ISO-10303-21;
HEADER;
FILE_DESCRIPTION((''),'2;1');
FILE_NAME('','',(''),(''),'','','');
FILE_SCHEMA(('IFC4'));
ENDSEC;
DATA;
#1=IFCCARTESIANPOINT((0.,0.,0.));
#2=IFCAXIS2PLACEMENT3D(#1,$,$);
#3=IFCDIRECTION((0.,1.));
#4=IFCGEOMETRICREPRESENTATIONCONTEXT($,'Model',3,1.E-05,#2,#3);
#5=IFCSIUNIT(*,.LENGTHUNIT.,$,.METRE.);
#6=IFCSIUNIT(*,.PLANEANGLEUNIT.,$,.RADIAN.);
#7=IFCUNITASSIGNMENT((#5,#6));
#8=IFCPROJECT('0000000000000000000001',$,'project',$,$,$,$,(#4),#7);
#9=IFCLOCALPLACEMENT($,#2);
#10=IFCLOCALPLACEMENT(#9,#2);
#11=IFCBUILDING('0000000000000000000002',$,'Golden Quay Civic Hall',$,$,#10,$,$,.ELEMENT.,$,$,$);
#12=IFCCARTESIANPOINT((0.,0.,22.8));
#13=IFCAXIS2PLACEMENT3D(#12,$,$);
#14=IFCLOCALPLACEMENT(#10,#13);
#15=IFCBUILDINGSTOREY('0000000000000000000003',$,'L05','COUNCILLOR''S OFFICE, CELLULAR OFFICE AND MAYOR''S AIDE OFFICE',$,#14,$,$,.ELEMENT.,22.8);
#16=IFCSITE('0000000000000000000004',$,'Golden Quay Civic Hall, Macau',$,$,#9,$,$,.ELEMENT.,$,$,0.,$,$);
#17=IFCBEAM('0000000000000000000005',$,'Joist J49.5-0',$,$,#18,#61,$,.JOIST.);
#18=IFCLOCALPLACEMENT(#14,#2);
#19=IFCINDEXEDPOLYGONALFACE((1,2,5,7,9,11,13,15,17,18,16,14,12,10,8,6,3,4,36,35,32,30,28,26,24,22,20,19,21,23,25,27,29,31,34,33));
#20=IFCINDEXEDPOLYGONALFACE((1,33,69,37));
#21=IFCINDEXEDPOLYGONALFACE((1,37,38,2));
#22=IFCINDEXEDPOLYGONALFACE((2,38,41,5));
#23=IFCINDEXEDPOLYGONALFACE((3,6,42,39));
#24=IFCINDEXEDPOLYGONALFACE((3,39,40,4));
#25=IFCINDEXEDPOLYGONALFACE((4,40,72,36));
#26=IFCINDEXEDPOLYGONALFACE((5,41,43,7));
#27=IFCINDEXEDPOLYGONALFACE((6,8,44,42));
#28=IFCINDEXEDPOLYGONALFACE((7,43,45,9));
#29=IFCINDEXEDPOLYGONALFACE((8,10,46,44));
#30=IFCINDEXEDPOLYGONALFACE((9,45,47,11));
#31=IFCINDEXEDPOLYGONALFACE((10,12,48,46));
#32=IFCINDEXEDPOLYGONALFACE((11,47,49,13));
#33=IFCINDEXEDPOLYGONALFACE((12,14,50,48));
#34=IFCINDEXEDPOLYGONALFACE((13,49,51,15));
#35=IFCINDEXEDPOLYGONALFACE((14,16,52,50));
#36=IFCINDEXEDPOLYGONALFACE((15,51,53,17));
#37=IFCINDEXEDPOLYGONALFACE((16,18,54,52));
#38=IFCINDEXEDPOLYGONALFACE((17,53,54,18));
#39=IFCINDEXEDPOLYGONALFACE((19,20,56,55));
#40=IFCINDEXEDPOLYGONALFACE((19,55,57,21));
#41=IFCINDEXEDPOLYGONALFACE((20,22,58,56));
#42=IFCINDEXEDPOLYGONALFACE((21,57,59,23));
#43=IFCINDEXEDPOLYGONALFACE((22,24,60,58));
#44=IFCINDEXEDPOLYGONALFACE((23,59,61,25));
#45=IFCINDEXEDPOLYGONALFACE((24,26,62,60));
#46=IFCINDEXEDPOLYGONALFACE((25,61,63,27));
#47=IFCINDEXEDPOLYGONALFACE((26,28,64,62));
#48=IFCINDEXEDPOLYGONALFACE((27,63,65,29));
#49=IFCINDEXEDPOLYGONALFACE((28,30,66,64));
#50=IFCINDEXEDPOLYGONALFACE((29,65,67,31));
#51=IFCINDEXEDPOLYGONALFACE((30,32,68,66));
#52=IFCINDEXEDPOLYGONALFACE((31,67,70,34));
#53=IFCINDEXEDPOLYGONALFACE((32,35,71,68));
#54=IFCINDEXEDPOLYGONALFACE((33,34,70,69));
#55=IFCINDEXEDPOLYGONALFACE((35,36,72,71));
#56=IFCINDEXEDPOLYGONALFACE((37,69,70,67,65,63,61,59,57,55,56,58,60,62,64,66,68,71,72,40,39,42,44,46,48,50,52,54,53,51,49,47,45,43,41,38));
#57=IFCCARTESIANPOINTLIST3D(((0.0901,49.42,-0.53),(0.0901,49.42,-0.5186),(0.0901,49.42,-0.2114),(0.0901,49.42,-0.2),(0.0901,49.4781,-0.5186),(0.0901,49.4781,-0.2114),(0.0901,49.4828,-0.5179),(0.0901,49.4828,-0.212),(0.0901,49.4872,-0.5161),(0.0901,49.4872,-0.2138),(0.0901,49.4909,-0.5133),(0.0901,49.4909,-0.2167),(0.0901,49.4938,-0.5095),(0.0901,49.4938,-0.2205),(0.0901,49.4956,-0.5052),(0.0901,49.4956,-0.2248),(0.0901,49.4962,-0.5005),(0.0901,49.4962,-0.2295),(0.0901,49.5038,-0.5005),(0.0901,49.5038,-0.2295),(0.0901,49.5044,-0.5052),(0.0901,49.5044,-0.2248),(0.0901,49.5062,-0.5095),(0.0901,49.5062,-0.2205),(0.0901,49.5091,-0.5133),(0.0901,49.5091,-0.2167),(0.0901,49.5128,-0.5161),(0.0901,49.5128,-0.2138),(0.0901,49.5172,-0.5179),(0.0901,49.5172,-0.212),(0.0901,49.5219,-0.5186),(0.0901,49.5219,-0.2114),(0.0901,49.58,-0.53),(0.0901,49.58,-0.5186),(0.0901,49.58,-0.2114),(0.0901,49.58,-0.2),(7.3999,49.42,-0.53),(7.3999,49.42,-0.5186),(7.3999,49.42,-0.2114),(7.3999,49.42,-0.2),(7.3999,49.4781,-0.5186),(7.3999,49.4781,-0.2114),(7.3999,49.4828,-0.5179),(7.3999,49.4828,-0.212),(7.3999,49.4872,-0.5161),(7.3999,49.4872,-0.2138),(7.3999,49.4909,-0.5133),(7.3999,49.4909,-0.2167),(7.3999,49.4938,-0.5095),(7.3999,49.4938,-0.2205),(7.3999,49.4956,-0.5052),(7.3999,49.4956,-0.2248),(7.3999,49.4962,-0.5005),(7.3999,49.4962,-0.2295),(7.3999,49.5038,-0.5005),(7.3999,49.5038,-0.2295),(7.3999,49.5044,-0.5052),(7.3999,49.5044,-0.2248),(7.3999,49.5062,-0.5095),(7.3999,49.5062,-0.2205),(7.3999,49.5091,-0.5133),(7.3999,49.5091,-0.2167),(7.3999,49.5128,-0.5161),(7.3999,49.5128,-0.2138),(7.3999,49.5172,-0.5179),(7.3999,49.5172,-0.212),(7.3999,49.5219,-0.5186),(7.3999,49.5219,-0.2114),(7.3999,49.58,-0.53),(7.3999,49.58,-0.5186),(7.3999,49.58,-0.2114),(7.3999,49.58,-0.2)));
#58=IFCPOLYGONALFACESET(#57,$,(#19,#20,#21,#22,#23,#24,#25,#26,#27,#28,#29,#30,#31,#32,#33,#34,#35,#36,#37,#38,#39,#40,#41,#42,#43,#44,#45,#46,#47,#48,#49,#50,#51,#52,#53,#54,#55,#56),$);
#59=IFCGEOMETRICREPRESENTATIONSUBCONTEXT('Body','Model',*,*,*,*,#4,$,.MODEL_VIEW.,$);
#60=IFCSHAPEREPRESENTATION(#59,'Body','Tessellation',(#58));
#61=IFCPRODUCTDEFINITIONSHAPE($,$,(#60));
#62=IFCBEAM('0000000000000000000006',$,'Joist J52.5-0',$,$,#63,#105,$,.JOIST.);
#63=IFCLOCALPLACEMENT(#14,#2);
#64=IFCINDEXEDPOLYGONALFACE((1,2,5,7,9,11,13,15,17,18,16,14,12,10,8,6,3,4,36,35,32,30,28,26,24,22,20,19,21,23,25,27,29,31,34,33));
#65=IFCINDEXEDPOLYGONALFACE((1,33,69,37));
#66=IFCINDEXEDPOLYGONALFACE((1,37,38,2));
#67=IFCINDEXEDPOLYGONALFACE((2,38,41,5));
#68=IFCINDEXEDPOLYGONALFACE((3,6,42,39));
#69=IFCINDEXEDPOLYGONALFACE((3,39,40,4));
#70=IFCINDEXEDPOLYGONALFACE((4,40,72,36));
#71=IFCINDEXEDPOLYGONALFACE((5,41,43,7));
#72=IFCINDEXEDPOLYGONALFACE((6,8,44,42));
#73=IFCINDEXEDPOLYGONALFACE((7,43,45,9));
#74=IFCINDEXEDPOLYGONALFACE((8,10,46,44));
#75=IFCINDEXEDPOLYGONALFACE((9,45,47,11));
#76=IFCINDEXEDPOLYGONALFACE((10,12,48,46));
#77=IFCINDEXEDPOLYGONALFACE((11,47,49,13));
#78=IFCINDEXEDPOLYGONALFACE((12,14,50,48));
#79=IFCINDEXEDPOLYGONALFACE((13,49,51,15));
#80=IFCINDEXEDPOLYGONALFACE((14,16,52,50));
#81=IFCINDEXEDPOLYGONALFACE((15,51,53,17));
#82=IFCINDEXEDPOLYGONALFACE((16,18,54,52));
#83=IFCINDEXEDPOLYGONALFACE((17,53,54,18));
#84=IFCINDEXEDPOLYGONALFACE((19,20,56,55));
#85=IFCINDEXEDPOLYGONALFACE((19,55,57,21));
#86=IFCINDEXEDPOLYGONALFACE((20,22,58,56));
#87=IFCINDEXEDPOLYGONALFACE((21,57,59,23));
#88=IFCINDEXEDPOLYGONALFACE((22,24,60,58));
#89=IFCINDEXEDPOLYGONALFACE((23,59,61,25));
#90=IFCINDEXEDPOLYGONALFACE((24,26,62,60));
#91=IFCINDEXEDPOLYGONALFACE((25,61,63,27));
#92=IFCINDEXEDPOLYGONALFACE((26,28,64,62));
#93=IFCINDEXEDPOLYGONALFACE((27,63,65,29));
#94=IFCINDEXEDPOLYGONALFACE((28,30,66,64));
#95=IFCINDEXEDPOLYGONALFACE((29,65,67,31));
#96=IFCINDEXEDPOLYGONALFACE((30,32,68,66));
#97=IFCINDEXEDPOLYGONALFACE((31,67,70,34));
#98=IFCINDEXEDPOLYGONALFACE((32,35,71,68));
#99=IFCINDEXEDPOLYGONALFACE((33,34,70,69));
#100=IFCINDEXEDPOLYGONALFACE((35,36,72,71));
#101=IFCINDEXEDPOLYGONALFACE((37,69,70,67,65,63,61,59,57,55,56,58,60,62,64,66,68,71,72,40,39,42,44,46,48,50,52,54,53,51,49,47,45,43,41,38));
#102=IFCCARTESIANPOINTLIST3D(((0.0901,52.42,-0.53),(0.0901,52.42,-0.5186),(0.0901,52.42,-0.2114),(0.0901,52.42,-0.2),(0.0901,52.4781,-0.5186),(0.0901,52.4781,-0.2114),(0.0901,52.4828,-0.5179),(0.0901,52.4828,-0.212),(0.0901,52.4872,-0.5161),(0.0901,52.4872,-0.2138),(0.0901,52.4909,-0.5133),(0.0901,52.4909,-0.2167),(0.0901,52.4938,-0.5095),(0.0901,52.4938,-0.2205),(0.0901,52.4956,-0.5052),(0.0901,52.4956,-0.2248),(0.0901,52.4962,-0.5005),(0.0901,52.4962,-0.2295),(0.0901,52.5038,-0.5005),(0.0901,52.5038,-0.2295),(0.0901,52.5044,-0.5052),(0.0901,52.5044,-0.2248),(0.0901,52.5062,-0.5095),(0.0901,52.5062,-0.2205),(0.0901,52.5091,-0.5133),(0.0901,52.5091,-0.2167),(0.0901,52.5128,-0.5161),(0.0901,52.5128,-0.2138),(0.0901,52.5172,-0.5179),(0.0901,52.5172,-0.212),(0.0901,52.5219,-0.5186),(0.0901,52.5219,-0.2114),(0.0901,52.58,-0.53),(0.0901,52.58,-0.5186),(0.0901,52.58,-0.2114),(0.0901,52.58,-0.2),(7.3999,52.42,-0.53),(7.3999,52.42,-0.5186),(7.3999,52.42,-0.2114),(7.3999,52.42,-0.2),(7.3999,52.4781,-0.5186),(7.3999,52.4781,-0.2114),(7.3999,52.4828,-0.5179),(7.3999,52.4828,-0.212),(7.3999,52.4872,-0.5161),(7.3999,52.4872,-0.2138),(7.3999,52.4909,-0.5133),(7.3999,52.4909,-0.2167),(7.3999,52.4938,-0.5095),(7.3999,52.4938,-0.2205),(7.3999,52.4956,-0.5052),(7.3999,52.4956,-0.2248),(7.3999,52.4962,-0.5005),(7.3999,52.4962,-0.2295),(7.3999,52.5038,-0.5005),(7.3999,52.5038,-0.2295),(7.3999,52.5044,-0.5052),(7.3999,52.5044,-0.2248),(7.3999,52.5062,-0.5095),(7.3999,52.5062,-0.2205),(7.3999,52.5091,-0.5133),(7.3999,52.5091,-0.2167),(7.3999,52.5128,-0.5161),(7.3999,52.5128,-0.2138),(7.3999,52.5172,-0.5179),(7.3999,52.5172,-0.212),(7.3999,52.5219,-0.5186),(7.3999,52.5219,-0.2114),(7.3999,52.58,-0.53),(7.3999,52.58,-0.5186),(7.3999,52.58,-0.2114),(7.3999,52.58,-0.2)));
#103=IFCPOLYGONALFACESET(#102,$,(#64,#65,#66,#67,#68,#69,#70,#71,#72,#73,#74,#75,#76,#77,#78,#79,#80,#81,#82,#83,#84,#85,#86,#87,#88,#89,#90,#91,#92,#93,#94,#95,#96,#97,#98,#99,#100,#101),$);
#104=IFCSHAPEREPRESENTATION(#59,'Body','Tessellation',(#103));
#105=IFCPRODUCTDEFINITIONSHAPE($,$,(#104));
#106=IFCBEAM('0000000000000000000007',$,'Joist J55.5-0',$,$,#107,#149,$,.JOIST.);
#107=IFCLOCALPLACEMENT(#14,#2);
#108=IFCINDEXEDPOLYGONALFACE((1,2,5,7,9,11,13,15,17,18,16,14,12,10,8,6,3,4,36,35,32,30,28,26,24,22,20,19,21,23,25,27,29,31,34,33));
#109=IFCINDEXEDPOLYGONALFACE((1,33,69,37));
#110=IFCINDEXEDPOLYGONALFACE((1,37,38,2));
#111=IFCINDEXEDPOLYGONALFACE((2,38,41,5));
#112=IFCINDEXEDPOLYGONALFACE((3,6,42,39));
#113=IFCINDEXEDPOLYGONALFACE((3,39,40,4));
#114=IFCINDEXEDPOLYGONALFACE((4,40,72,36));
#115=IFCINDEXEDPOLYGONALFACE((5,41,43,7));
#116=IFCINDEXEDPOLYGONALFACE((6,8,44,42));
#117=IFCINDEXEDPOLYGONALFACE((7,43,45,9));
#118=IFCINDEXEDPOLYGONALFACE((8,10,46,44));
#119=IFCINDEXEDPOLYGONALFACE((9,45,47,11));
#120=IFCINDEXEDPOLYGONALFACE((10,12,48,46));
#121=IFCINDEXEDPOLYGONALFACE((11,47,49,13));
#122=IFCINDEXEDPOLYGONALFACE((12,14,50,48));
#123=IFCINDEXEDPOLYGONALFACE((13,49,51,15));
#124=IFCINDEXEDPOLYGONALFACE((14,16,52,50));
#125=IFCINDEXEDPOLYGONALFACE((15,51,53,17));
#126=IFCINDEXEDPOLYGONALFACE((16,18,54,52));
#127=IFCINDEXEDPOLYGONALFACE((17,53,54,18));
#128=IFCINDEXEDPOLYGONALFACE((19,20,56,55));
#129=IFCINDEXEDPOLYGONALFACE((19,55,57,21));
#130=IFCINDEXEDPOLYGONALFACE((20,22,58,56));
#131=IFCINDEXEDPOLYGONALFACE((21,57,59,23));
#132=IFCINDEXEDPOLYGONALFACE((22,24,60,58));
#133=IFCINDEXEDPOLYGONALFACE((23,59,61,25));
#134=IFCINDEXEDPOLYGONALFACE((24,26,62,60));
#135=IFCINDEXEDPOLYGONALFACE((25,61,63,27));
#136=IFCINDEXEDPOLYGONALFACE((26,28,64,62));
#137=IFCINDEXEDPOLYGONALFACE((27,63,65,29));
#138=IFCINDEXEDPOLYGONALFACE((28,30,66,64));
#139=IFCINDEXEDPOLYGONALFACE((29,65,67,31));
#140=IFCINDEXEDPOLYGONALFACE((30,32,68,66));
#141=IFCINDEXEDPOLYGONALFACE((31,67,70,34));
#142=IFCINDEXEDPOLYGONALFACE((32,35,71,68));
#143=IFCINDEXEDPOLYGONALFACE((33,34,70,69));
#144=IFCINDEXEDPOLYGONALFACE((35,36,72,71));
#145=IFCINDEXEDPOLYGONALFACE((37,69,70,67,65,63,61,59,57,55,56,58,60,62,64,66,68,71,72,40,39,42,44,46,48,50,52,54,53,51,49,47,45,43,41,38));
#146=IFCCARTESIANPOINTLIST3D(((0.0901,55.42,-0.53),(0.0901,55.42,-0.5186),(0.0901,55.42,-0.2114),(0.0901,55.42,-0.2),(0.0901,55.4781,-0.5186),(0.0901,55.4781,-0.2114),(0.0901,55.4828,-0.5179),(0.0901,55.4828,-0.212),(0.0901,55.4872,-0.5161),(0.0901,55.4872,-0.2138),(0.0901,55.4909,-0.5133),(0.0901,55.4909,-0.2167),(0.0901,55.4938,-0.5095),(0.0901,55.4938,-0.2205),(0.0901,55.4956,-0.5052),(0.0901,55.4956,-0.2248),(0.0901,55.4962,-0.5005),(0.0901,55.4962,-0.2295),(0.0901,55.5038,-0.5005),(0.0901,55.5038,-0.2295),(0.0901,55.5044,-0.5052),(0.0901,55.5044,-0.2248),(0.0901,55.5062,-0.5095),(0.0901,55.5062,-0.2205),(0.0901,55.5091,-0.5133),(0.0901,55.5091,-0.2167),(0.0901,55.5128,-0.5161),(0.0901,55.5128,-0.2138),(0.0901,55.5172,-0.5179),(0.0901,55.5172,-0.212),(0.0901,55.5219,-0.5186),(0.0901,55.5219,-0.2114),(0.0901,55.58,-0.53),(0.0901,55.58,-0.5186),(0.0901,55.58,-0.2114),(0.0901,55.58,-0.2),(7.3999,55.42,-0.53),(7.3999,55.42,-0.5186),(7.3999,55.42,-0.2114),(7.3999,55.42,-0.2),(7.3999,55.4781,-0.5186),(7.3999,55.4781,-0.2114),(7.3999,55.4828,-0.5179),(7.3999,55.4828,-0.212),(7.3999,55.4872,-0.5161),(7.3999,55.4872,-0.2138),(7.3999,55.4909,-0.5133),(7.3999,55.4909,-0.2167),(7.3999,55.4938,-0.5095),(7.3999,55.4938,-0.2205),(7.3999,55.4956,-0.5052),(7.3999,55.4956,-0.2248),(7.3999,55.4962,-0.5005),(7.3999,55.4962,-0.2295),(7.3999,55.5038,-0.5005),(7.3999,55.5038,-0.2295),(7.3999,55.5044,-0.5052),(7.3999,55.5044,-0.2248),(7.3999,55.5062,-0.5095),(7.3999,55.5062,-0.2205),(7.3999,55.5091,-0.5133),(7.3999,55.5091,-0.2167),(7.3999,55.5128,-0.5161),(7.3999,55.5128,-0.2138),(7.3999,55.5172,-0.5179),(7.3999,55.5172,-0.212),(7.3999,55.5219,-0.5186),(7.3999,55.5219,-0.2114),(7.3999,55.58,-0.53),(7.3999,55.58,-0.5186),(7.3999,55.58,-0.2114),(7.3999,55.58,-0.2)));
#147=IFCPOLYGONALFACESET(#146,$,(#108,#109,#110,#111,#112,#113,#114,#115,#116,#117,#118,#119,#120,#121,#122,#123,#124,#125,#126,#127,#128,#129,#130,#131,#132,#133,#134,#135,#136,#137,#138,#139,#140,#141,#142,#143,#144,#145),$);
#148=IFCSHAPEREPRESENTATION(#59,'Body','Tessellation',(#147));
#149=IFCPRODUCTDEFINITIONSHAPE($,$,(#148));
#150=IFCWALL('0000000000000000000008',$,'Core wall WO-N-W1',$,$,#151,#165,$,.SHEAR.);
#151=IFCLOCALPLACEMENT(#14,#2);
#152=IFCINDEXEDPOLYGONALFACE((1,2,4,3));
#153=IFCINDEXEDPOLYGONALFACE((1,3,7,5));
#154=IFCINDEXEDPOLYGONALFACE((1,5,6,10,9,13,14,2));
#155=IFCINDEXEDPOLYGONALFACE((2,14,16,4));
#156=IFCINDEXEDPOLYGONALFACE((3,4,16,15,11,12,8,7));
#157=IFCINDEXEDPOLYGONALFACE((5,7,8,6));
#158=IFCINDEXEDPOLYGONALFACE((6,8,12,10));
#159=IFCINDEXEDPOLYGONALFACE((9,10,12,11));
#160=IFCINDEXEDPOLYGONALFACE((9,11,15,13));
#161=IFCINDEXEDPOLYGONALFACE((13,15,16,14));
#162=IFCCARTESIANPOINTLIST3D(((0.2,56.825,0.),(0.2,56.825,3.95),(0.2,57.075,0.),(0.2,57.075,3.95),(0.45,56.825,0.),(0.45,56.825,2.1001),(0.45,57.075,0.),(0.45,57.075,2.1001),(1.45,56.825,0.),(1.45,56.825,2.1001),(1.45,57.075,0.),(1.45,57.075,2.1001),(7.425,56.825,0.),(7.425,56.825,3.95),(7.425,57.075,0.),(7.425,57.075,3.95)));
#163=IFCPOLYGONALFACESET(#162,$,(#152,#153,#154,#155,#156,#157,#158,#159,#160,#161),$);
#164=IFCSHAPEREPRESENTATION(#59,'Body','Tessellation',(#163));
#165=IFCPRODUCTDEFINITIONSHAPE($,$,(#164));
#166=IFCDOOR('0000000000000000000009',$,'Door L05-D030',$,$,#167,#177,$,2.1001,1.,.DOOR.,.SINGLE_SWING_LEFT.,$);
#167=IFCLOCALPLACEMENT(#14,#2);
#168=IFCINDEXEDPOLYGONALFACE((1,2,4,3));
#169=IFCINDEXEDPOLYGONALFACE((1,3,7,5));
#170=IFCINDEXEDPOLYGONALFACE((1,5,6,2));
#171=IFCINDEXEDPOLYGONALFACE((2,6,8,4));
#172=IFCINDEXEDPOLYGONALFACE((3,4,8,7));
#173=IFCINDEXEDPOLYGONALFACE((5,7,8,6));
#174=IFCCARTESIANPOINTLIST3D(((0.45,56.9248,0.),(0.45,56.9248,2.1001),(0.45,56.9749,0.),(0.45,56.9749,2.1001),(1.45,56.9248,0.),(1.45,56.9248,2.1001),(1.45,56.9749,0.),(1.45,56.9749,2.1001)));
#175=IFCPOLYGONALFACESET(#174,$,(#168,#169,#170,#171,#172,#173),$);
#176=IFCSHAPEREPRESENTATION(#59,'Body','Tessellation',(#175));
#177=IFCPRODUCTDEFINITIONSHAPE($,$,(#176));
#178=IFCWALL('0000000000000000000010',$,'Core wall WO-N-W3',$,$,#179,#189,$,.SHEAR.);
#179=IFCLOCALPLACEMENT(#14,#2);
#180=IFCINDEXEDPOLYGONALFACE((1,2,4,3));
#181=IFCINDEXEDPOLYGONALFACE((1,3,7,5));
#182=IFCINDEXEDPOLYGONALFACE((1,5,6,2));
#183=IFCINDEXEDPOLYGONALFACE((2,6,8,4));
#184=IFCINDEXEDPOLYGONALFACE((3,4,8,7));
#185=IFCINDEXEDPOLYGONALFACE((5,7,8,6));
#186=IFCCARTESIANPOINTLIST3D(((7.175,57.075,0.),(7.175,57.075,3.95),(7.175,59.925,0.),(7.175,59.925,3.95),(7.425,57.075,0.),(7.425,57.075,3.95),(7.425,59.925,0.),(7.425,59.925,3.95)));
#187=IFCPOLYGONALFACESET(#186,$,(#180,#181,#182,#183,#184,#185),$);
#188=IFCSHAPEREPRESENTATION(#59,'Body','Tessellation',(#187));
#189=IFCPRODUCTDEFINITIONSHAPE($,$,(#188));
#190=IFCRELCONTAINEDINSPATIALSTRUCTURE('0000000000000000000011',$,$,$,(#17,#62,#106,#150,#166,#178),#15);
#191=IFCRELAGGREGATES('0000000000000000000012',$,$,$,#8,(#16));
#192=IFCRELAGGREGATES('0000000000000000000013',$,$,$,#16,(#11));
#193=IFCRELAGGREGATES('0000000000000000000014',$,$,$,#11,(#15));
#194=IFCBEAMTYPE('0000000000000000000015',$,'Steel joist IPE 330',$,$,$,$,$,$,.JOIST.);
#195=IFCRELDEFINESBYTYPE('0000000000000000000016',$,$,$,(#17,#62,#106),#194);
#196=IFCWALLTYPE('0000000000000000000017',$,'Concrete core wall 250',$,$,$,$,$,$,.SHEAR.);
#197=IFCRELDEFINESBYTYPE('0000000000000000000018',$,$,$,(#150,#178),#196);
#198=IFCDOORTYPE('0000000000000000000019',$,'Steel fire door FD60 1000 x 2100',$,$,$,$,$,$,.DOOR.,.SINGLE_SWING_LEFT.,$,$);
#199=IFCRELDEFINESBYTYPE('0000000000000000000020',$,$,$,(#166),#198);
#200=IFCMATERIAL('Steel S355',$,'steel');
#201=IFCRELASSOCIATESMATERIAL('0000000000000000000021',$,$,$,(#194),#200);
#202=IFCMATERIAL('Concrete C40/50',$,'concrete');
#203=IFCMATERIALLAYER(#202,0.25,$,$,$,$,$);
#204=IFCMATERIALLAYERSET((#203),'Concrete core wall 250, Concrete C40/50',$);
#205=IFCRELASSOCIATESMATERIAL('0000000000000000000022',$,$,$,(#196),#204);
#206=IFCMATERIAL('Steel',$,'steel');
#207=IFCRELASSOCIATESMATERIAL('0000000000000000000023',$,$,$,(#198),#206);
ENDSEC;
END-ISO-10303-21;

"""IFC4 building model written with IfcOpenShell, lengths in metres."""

from ifc_helpers import new_model, si_unit, direction, frame, frame_2d, origin, origin_2d, place, context, subcontext, project, spatial, rectangle, i_section, extrude, material, layer, layer_set, material_profile, profile_set, type_object, element, fill, save


model = new_model("IFC4")

# Units and contexts
model_context = context("Model", 3, precision=1e-05, world=origin(), true_north=direction((0.0, 1.0)))
body_context = subcontext(model_context, "Body", "Model", "MODEL_VIEW")
ifc_project = project(units=[si_unit("LENGTHUNIT", "METRE"), si_unit("PLANEANGLEUNIT", "RADIAN")], contexts=[model_context])

# Site, building, storey
site_placement = place(None, origin())
site = spatial("IfcSite", under=ifc_project, at=site_placement, Name="Golden Quay Civic Hall, Macau", CompositionType="ELEMENT", RefElevation=0.0)
building_placement = place(site_placement, origin())
building = spatial("IfcBuilding", under=site, at=building_placement, Name="Golden Quay Civic Hall", CompositionType="ELEMENT")
storey_placement = place(building_placement, frame((0.0, 0.0, 22.8)))
storey = spatial("IfcBuildingStorey", under=building, at=storey_placement, Name="L05", Description="COUNCILLOR'S OFFICE, CELLULAR OFFICE AND MAYOR'S AIDE OFFICE", CompositionType="ELEMENT", Elevation=22.8)

# Beams
ifc_material_1 = material(Name="Steel S355", Category="steel")
ifc_material_profile_1 = material_profile(ifc_material_1, i_section(OverallWidth=0.1599, OverallDepth=0.3301, WebThickness=0.0076, FlangeThickness=0.0115, FilletRadius=0.0181, at=origin_2d()), Name="IPE 330")
ifc_profile_set_1 = profile_set([ifc_material_profile_1], Name="Steel S355")
beam_type_1 = type_object("IfcBeamType", Name="Steel joist IPE 330", PredefinedType="JOIST", material=ifc_profile_set_1)
for number, where, z_axis, x_axis, name in (
    (1, (0.0901, 49.5, -0.365), (1.0, 0.0, 0.0), (0.0, 1.0, 0.0), "Joist J49.5-0"),
    (2, (0.0901, 52.5, -0.365), (1.0, 0.0, 0.0), (0.0, 1.0, 0.0), "Joist J52.5-0"),
    (3, (0.0901, 55.5, -0.365), (1.0, 0.0, 0.0), (0.0, 1.0, 0.0), "Joist J55.5-0"),
):
    element("IfcBeam", number, at=place(storey_placement, frame(where, z_axis=z_axis, x_axis=x_axis)), inside=storey, type_object=beam_type_1, Name=name, PredefinedType="JOIST", context=body_context, shape_type="SweptSolid", body=[
        extrude(i_section(OverallWidth=0.1599, OverallDepth=0.3301, WebThickness=0.0076, FlangeThickness=0.0115, FilletRadius=0.0181, at=origin_2d()), origin(), (0.0, 0.0, 1.0), 7.3098),
    ])

# Wall, opening, door
ifc_material_2 = material(Name="Concrete C40/50", Category="concrete")
ifc_layer_1 = layer(ifc_material_2, 0.25)
ifc_layer_set_1 = layer_set([ifc_layer_1], Name="Concrete core wall 250, Concrete C40/50")
wall_type_1 = type_object("IfcWallType", Name="Concrete core wall 250", PredefinedType="SHEAR", material=ifc_layer_set_1)
wall_1_placement = place(storey_placement, frame((0.2, 56.95, 0.0), z_axis=(0.0, 0.0, 1.0), x_axis=(1.0, 0.0, 0.0)))
wall_1 = element("IfcWall", 4, at=wall_1_placement, inside=storey, type_object=wall_type_1, Name="Core wall WO-N-W1", PredefinedType="SHEAR", context=body_context, shape_type="SweptSolid", body=[
    extrude(rectangle(XDim=7.2251, YDim=0.25, at=frame_2d((3.6125, 0.0))), origin(), (0.0, 0.0, 1.0), 3.95),
])
opening_1_placement = place(wall_1_placement, frame((0.25, 0.0, 0.0)))
opening_1 = element("IfcOpeningElement", 5, at=opening_1_placement, cuts=wall_1, PredefinedType="OPENING", context=body_context, shape_type="SweptSolid", body=[
    extrude(rectangle(XDim=1.0, YDim=2.1001, at=frame_2d((0.5, 1.05))), frame((0.0, 0.135, 0.0), z_axis=(0.0, -1.0, 0.0), x_axis=(1.0, 0.0, 0.0)), (0.0, 0.0, 1.0), 0.27),
])
ifc_material_3 = material(Name="Steel", Category="steel")
door_type = type_object("IfcDoorType", Name="Steel fire door FD60 1000 x 2100", OperationType="SINGLE_SWING_LEFT", PredefinedType="DOOR", material=ifc_material_3)
door_placement = place(opening_1_placement, origin())
door = element("IfcDoor", 6, at=door_placement, inside=storey, type_object=door_type, Name="Door L05-D030", OperationType="SINGLE_SWING_LEFT", OverallHeight=2.1001, OverallWidth=1.0, PredefinedType="DOOR", context=body_context, shape_type="SweptSolid", body=[
    extrude(rectangle(XDim=1.0, YDim=2.1001, at=frame_2d((0.5, 1.05))), frame((0.0, 0.0249, 0.0), z_axis=(0.0, -1.0, 0.0), x_axis=(1.0, 0.0, 0.0)), (0.0, 0.0, 1.0), 0.05),
])
fill(opening_1, door)

# Wall
wall_2_placement = place(storey_placement, frame((7.3, 57.075, 0.0), z_axis=(0.0, 0.0, 1.0), x_axis=(0.0, 1.0, 0.0)))
element("IfcWall", 7, at=wall_2_placement, inside=storey, type_object=wall_type_1, Name="Core wall WO-N-W3", PredefinedType="SHEAR", context=body_context, shape_type="SweptSolid", body=[
    extrude(rectangle(XDim=2.8501, YDim=0.25, at=frame_2d((1.425, 0.0))), origin(), (0.0, 0.0, 1.0), 3.95),
])

save(model, "model.ifc")
